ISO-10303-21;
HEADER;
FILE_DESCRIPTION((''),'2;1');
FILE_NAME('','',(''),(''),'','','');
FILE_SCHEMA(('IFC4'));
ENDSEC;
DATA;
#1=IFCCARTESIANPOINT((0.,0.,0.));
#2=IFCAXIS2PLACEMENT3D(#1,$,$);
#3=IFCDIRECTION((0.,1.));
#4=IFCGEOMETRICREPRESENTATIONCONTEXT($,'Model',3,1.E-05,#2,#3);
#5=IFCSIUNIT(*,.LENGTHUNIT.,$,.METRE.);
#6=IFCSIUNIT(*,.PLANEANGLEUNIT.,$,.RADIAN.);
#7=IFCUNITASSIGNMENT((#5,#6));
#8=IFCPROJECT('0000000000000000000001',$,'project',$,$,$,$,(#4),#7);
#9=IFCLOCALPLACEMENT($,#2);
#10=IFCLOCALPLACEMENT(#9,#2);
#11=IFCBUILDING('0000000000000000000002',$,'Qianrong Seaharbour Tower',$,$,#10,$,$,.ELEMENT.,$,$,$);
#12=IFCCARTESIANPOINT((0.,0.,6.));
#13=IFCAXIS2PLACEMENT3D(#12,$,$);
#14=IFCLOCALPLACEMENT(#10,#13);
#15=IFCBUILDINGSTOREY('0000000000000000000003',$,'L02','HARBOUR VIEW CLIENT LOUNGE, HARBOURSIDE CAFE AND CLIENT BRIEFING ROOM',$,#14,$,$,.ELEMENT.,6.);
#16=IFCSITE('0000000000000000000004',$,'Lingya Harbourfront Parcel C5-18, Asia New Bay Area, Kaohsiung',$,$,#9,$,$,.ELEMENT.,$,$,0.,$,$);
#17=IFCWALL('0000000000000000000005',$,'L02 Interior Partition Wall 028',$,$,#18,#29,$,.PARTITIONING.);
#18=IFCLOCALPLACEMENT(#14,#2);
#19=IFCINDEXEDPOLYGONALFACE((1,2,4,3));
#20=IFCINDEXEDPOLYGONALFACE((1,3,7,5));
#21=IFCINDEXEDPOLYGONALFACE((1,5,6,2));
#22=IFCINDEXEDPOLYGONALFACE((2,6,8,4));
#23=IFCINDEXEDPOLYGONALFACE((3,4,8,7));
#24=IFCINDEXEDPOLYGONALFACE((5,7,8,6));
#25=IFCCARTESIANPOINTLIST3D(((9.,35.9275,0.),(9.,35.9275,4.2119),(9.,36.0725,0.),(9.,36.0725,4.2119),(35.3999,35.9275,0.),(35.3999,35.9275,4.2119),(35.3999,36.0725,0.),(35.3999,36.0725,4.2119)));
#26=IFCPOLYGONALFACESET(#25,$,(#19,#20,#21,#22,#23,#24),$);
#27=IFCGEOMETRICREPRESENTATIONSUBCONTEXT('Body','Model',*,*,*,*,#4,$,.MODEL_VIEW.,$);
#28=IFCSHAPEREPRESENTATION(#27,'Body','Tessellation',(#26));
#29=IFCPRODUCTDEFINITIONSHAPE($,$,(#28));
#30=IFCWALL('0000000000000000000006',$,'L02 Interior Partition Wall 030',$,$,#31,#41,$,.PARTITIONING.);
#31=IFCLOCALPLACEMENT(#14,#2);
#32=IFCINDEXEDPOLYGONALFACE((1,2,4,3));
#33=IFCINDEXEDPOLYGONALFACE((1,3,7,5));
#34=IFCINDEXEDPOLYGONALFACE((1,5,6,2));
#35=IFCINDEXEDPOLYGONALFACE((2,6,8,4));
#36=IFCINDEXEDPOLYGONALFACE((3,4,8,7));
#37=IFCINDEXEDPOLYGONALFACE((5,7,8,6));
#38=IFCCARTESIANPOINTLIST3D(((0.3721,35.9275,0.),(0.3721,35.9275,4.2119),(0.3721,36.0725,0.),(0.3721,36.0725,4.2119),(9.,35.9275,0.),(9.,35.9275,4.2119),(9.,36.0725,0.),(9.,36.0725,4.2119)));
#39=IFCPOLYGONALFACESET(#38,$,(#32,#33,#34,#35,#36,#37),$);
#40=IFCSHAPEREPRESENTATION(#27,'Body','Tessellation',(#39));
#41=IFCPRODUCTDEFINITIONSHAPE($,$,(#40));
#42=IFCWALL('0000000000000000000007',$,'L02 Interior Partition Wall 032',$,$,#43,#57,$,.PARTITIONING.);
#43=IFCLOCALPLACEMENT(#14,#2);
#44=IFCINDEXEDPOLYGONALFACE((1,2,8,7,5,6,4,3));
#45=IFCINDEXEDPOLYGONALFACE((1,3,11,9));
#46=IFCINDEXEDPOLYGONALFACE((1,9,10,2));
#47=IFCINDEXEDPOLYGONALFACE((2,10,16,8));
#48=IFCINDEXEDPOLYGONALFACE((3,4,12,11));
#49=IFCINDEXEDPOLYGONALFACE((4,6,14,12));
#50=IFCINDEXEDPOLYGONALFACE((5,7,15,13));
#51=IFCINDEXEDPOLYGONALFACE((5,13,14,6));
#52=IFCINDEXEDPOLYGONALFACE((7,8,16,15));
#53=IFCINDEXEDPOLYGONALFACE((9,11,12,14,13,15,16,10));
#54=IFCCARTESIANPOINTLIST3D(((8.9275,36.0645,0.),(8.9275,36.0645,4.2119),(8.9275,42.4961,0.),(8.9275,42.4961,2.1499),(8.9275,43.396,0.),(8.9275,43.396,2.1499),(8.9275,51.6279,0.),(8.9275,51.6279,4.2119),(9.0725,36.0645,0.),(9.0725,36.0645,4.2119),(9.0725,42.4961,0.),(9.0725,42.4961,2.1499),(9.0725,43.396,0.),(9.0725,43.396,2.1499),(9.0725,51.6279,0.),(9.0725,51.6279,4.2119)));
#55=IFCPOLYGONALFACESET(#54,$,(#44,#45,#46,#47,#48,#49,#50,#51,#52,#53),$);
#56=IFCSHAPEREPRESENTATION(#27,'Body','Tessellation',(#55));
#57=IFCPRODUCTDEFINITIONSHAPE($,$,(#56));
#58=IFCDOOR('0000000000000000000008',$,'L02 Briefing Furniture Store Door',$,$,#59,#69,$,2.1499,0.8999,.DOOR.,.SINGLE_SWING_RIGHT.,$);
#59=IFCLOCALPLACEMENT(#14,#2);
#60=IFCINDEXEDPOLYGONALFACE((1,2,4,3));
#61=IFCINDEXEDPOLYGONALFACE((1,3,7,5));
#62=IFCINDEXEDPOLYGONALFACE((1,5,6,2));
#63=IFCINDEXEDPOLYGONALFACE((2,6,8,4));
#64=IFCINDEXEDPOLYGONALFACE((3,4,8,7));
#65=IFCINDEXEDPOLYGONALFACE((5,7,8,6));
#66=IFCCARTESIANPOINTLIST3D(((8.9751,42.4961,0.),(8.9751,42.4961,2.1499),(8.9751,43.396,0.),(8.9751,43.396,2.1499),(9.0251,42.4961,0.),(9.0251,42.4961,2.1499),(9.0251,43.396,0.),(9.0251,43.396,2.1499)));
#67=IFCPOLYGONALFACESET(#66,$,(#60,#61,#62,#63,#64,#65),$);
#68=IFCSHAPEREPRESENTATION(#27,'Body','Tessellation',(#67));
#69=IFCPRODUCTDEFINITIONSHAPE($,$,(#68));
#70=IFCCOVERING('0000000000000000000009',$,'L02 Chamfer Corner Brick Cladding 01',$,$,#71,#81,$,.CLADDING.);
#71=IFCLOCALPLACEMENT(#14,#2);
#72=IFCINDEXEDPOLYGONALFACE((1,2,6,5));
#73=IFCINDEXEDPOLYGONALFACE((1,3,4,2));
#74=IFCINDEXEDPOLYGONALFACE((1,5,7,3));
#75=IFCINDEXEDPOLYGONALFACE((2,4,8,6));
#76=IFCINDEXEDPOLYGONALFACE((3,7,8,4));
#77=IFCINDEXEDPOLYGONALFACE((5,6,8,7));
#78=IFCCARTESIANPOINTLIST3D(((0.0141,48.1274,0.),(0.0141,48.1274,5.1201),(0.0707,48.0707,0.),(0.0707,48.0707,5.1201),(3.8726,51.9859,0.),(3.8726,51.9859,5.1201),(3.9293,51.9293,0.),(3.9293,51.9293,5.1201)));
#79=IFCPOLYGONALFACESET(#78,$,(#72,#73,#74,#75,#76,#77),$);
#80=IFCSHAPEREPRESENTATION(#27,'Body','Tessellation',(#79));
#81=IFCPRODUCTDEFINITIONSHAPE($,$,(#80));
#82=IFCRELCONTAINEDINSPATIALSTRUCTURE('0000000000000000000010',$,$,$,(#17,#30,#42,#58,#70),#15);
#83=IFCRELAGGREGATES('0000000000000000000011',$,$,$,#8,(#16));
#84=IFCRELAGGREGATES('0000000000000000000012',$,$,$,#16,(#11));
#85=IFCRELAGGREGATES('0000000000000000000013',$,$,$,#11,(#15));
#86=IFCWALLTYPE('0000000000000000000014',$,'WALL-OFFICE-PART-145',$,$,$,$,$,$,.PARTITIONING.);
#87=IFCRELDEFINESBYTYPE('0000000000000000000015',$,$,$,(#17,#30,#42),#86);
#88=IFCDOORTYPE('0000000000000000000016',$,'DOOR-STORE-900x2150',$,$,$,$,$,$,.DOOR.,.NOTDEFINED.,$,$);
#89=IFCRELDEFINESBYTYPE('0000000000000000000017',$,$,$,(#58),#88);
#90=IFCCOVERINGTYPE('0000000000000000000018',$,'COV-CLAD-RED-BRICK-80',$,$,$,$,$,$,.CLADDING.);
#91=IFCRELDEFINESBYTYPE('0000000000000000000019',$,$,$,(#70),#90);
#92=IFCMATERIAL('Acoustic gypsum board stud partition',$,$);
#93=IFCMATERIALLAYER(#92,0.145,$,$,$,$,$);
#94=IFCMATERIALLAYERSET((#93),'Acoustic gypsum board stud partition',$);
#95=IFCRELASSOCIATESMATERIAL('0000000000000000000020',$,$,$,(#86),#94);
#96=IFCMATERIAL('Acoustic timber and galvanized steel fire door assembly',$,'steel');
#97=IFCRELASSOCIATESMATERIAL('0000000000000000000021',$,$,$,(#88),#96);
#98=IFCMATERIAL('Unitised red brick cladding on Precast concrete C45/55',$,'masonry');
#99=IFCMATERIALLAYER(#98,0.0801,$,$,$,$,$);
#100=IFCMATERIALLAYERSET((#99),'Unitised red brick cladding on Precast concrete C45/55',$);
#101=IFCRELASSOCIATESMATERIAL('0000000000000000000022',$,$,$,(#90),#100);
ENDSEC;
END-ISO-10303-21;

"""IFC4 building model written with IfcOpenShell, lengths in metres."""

from ifc_helpers import new_model, si_unit, direction, frame, frame_2d, origin, origin_2d, place, context, subcontext, project, spatial, rectangle, extrude, material, layer, layer_set, type_object, element, fill, save


model = new_model("IFC4")

# Units and contexts
model_context = context("Model", 3, precision=1e-05, world=origin(), true_north=direction((0.0, 1.0)))
body_context = subcontext(model_context, "Body", "Model", "MODEL_VIEW")
ifc_project = project(units=[si_unit("LENGTHUNIT", "METRE"), si_unit("PLANEANGLEUNIT", "RADIAN")], contexts=[model_context])

# Site, building, storey
site_placement = place(None, origin())
site = spatial("IfcSite", under=ifc_project, at=site_placement, Name="Lingya Harbourfront Parcel C5-18, Asia New Bay Area, Kaohsiung", CompositionType="ELEMENT", RefElevation=0.0)
building_placement = place(site_placement, origin())
building = spatial("IfcBuilding", under=site, at=building_placement, Name="Qianrong Seaharbour Tower", CompositionType="ELEMENT")
storey_placement = place(building_placement, frame((0.0, 0.0, 6.0)))
storey = spatial("IfcBuildingStorey", under=building, at=storey_placement, Name="L02", Description="HARBOUR VIEW CLIENT LOUNGE, HARBOURSIDE CAFE AND CLIENT BRIEFING ROOM", CompositionType="ELEMENT", Elevation=6.0)

# Walls
ifc_material_1 = material(Name="Acoustic gypsum board stud partition")
ifc_layer_1 = layer(ifc_material_1, 0.145)
ifc_layer_set_1 = layer_set([ifc_layer_1], Name="Acoustic gypsum board stud partition")
wall_type_1 = type_object("IfcWallType", Name="WALL-OFFICE-PART-145", PredefinedType="PARTITIONING", material=ifc_layer_set_1)
wall_1_placement = place(storey_placement, frame((9.0, 36.0, 0.0), z_axis=(0.0, 0.0, 1.0), x_axis=(1.0, 0.0, 0.0)))
element("IfcWall", 1, at=wall_1_placement, inside=storey, type_object=wall_type_1, Name="L02 Interior Partition Wall 028", PredefinedType="PARTITIONING", context=body_context, shape_type="SweptSolid", body=[
    extrude(rectangle(XDim=26.3999, YDim=0.145, at=frame_2d((13.2, 0.0))), origin(), (0.0, 0.0, 1.0), 4.2119),
])
wall_2_placement = place(storey_placement, frame((0.3721, 36.0, 0.0), z_axis=(0.0, 0.0, 1.0), x_axis=(1.0, 0.0, 0.0)))
element("IfcWall", 2, at=wall_2_placement, inside=storey, type_object=wall_type_1, Name="L02 Interior Partition Wall 030", PredefinedType="PARTITIONING", context=body_context, shape_type="SweptSolid", body=[
    extrude(rectangle(XDim=8.6279, YDim=0.145, at=frame_2d((4.314, 0.0))), origin(), (0.0, 0.0, 1.0), 4.2119),
])

# Wall, opening, door
wall_3_placement = place(storey_placement, frame((9.0, 36.0645, 0.0), z_axis=(0.0, 0.0, 1.0), x_axis=(0.0, 1.0, 0.0)))
wall_3 = element("IfcWall", 3, at=wall_3_placement, inside=storey, type_object=wall_type_1, Name="L02 Interior Partition Wall 032", PredefinedType="PARTITIONING", context=body_context, shape_type="SweptSolid", body=[
    extrude(rectangle(XDim=15.5635, YDim=0.145, at=frame_2d((7.7817, 0.0))), origin(), (0.0, 0.0, 1.0), 4.2119),
])
opening_1_placement = place(wall_3_placement, frame((6.4316, 0.0, 0.0)))
opening_1 = element("IfcOpeningElement", 4, at=opening_1_placement, cuts=wall_3, PredefinedType="OPENING", context=body_context, shape_type="SweptSolid", body=[
    extrude(rectangle(XDim=0.8999, YDim=2.1499, at=frame_2d((0.45, 1.075))), frame((0.0, 0.0825, 0.0), z_axis=(0.0, -1.0, 0.0), x_axis=(1.0, 0.0, 0.0)), (0.0, 0.0, 1.0), 0.165),
])
ifc_material_2 = material(Name="Acoustic timber and galvanized steel fire door assembly", Category="steel")
door_type = type_object("IfcDoorType", Name="DOOR-STORE-900x2150", OperationType="NOTDEFINED", PredefinedType="DOOR", material=ifc_material_2)
door_placement = place(opening_1_placement, origin())
door = element("IfcDoor", 5, at=door_placement, inside=storey, type_object=door_type, Name="L02 Briefing Furniture Store Door", OperationType="SINGLE_SWING_RIGHT", OverallHeight=2.1499, OverallWidth=0.8999, PredefinedType="DOOR", context=body_context, shape_type="SweptSolid", body=[
    extrude(rectangle(XDim=0.8999, YDim=2.1499, at=frame_2d((0.45, 1.075))), frame((0.0, 0.0249, 0.0), z_axis=(0.0, -1.0, 0.0), x_axis=(1.0, 0.0, 0.0)), (0.0, 0.0, 1.0), 0.05),
])
fill(opening_1, door)

# Covering
ifc_material_3 = material(Name="Unitised red brick cladding on Precast concrete C45/55", Category="masonry")
ifc_layer_2 = layer(ifc_material_3, 0.0801)
ifc_layer_set_2 = layer_set([ifc_layer_2], Name="Unitised red brick cladding on Precast concrete C45/55")
covering_type = type_object("IfcCoveringType", Name="COV-CLAD-RED-BRICK-80", PredefinedType="CLADDING", material=ifc_layer_set_2)
covering_placement = place(storey_placement, frame((1.9717, 50.0283, 0.0), z_axis=(0.0, 0.0, 1.0), x_axis=(0.707107, 0.707107, 0.0)))
element("IfcCovering", 6, at=covering_placement, inside=storey, type_object=covering_type, Name="L02 Chamfer Corner Brick Cladding 01", PredefinedType="CLADDING", context=body_context, shape_type="SweptSolid", body=[
    extrude(rectangle(XDim=5.4568, YDim=0.0801, at=origin_2d()), origin(), (0.0, 0.0, 1.0), 5.1201),
])

save(model, "model.ifc")
